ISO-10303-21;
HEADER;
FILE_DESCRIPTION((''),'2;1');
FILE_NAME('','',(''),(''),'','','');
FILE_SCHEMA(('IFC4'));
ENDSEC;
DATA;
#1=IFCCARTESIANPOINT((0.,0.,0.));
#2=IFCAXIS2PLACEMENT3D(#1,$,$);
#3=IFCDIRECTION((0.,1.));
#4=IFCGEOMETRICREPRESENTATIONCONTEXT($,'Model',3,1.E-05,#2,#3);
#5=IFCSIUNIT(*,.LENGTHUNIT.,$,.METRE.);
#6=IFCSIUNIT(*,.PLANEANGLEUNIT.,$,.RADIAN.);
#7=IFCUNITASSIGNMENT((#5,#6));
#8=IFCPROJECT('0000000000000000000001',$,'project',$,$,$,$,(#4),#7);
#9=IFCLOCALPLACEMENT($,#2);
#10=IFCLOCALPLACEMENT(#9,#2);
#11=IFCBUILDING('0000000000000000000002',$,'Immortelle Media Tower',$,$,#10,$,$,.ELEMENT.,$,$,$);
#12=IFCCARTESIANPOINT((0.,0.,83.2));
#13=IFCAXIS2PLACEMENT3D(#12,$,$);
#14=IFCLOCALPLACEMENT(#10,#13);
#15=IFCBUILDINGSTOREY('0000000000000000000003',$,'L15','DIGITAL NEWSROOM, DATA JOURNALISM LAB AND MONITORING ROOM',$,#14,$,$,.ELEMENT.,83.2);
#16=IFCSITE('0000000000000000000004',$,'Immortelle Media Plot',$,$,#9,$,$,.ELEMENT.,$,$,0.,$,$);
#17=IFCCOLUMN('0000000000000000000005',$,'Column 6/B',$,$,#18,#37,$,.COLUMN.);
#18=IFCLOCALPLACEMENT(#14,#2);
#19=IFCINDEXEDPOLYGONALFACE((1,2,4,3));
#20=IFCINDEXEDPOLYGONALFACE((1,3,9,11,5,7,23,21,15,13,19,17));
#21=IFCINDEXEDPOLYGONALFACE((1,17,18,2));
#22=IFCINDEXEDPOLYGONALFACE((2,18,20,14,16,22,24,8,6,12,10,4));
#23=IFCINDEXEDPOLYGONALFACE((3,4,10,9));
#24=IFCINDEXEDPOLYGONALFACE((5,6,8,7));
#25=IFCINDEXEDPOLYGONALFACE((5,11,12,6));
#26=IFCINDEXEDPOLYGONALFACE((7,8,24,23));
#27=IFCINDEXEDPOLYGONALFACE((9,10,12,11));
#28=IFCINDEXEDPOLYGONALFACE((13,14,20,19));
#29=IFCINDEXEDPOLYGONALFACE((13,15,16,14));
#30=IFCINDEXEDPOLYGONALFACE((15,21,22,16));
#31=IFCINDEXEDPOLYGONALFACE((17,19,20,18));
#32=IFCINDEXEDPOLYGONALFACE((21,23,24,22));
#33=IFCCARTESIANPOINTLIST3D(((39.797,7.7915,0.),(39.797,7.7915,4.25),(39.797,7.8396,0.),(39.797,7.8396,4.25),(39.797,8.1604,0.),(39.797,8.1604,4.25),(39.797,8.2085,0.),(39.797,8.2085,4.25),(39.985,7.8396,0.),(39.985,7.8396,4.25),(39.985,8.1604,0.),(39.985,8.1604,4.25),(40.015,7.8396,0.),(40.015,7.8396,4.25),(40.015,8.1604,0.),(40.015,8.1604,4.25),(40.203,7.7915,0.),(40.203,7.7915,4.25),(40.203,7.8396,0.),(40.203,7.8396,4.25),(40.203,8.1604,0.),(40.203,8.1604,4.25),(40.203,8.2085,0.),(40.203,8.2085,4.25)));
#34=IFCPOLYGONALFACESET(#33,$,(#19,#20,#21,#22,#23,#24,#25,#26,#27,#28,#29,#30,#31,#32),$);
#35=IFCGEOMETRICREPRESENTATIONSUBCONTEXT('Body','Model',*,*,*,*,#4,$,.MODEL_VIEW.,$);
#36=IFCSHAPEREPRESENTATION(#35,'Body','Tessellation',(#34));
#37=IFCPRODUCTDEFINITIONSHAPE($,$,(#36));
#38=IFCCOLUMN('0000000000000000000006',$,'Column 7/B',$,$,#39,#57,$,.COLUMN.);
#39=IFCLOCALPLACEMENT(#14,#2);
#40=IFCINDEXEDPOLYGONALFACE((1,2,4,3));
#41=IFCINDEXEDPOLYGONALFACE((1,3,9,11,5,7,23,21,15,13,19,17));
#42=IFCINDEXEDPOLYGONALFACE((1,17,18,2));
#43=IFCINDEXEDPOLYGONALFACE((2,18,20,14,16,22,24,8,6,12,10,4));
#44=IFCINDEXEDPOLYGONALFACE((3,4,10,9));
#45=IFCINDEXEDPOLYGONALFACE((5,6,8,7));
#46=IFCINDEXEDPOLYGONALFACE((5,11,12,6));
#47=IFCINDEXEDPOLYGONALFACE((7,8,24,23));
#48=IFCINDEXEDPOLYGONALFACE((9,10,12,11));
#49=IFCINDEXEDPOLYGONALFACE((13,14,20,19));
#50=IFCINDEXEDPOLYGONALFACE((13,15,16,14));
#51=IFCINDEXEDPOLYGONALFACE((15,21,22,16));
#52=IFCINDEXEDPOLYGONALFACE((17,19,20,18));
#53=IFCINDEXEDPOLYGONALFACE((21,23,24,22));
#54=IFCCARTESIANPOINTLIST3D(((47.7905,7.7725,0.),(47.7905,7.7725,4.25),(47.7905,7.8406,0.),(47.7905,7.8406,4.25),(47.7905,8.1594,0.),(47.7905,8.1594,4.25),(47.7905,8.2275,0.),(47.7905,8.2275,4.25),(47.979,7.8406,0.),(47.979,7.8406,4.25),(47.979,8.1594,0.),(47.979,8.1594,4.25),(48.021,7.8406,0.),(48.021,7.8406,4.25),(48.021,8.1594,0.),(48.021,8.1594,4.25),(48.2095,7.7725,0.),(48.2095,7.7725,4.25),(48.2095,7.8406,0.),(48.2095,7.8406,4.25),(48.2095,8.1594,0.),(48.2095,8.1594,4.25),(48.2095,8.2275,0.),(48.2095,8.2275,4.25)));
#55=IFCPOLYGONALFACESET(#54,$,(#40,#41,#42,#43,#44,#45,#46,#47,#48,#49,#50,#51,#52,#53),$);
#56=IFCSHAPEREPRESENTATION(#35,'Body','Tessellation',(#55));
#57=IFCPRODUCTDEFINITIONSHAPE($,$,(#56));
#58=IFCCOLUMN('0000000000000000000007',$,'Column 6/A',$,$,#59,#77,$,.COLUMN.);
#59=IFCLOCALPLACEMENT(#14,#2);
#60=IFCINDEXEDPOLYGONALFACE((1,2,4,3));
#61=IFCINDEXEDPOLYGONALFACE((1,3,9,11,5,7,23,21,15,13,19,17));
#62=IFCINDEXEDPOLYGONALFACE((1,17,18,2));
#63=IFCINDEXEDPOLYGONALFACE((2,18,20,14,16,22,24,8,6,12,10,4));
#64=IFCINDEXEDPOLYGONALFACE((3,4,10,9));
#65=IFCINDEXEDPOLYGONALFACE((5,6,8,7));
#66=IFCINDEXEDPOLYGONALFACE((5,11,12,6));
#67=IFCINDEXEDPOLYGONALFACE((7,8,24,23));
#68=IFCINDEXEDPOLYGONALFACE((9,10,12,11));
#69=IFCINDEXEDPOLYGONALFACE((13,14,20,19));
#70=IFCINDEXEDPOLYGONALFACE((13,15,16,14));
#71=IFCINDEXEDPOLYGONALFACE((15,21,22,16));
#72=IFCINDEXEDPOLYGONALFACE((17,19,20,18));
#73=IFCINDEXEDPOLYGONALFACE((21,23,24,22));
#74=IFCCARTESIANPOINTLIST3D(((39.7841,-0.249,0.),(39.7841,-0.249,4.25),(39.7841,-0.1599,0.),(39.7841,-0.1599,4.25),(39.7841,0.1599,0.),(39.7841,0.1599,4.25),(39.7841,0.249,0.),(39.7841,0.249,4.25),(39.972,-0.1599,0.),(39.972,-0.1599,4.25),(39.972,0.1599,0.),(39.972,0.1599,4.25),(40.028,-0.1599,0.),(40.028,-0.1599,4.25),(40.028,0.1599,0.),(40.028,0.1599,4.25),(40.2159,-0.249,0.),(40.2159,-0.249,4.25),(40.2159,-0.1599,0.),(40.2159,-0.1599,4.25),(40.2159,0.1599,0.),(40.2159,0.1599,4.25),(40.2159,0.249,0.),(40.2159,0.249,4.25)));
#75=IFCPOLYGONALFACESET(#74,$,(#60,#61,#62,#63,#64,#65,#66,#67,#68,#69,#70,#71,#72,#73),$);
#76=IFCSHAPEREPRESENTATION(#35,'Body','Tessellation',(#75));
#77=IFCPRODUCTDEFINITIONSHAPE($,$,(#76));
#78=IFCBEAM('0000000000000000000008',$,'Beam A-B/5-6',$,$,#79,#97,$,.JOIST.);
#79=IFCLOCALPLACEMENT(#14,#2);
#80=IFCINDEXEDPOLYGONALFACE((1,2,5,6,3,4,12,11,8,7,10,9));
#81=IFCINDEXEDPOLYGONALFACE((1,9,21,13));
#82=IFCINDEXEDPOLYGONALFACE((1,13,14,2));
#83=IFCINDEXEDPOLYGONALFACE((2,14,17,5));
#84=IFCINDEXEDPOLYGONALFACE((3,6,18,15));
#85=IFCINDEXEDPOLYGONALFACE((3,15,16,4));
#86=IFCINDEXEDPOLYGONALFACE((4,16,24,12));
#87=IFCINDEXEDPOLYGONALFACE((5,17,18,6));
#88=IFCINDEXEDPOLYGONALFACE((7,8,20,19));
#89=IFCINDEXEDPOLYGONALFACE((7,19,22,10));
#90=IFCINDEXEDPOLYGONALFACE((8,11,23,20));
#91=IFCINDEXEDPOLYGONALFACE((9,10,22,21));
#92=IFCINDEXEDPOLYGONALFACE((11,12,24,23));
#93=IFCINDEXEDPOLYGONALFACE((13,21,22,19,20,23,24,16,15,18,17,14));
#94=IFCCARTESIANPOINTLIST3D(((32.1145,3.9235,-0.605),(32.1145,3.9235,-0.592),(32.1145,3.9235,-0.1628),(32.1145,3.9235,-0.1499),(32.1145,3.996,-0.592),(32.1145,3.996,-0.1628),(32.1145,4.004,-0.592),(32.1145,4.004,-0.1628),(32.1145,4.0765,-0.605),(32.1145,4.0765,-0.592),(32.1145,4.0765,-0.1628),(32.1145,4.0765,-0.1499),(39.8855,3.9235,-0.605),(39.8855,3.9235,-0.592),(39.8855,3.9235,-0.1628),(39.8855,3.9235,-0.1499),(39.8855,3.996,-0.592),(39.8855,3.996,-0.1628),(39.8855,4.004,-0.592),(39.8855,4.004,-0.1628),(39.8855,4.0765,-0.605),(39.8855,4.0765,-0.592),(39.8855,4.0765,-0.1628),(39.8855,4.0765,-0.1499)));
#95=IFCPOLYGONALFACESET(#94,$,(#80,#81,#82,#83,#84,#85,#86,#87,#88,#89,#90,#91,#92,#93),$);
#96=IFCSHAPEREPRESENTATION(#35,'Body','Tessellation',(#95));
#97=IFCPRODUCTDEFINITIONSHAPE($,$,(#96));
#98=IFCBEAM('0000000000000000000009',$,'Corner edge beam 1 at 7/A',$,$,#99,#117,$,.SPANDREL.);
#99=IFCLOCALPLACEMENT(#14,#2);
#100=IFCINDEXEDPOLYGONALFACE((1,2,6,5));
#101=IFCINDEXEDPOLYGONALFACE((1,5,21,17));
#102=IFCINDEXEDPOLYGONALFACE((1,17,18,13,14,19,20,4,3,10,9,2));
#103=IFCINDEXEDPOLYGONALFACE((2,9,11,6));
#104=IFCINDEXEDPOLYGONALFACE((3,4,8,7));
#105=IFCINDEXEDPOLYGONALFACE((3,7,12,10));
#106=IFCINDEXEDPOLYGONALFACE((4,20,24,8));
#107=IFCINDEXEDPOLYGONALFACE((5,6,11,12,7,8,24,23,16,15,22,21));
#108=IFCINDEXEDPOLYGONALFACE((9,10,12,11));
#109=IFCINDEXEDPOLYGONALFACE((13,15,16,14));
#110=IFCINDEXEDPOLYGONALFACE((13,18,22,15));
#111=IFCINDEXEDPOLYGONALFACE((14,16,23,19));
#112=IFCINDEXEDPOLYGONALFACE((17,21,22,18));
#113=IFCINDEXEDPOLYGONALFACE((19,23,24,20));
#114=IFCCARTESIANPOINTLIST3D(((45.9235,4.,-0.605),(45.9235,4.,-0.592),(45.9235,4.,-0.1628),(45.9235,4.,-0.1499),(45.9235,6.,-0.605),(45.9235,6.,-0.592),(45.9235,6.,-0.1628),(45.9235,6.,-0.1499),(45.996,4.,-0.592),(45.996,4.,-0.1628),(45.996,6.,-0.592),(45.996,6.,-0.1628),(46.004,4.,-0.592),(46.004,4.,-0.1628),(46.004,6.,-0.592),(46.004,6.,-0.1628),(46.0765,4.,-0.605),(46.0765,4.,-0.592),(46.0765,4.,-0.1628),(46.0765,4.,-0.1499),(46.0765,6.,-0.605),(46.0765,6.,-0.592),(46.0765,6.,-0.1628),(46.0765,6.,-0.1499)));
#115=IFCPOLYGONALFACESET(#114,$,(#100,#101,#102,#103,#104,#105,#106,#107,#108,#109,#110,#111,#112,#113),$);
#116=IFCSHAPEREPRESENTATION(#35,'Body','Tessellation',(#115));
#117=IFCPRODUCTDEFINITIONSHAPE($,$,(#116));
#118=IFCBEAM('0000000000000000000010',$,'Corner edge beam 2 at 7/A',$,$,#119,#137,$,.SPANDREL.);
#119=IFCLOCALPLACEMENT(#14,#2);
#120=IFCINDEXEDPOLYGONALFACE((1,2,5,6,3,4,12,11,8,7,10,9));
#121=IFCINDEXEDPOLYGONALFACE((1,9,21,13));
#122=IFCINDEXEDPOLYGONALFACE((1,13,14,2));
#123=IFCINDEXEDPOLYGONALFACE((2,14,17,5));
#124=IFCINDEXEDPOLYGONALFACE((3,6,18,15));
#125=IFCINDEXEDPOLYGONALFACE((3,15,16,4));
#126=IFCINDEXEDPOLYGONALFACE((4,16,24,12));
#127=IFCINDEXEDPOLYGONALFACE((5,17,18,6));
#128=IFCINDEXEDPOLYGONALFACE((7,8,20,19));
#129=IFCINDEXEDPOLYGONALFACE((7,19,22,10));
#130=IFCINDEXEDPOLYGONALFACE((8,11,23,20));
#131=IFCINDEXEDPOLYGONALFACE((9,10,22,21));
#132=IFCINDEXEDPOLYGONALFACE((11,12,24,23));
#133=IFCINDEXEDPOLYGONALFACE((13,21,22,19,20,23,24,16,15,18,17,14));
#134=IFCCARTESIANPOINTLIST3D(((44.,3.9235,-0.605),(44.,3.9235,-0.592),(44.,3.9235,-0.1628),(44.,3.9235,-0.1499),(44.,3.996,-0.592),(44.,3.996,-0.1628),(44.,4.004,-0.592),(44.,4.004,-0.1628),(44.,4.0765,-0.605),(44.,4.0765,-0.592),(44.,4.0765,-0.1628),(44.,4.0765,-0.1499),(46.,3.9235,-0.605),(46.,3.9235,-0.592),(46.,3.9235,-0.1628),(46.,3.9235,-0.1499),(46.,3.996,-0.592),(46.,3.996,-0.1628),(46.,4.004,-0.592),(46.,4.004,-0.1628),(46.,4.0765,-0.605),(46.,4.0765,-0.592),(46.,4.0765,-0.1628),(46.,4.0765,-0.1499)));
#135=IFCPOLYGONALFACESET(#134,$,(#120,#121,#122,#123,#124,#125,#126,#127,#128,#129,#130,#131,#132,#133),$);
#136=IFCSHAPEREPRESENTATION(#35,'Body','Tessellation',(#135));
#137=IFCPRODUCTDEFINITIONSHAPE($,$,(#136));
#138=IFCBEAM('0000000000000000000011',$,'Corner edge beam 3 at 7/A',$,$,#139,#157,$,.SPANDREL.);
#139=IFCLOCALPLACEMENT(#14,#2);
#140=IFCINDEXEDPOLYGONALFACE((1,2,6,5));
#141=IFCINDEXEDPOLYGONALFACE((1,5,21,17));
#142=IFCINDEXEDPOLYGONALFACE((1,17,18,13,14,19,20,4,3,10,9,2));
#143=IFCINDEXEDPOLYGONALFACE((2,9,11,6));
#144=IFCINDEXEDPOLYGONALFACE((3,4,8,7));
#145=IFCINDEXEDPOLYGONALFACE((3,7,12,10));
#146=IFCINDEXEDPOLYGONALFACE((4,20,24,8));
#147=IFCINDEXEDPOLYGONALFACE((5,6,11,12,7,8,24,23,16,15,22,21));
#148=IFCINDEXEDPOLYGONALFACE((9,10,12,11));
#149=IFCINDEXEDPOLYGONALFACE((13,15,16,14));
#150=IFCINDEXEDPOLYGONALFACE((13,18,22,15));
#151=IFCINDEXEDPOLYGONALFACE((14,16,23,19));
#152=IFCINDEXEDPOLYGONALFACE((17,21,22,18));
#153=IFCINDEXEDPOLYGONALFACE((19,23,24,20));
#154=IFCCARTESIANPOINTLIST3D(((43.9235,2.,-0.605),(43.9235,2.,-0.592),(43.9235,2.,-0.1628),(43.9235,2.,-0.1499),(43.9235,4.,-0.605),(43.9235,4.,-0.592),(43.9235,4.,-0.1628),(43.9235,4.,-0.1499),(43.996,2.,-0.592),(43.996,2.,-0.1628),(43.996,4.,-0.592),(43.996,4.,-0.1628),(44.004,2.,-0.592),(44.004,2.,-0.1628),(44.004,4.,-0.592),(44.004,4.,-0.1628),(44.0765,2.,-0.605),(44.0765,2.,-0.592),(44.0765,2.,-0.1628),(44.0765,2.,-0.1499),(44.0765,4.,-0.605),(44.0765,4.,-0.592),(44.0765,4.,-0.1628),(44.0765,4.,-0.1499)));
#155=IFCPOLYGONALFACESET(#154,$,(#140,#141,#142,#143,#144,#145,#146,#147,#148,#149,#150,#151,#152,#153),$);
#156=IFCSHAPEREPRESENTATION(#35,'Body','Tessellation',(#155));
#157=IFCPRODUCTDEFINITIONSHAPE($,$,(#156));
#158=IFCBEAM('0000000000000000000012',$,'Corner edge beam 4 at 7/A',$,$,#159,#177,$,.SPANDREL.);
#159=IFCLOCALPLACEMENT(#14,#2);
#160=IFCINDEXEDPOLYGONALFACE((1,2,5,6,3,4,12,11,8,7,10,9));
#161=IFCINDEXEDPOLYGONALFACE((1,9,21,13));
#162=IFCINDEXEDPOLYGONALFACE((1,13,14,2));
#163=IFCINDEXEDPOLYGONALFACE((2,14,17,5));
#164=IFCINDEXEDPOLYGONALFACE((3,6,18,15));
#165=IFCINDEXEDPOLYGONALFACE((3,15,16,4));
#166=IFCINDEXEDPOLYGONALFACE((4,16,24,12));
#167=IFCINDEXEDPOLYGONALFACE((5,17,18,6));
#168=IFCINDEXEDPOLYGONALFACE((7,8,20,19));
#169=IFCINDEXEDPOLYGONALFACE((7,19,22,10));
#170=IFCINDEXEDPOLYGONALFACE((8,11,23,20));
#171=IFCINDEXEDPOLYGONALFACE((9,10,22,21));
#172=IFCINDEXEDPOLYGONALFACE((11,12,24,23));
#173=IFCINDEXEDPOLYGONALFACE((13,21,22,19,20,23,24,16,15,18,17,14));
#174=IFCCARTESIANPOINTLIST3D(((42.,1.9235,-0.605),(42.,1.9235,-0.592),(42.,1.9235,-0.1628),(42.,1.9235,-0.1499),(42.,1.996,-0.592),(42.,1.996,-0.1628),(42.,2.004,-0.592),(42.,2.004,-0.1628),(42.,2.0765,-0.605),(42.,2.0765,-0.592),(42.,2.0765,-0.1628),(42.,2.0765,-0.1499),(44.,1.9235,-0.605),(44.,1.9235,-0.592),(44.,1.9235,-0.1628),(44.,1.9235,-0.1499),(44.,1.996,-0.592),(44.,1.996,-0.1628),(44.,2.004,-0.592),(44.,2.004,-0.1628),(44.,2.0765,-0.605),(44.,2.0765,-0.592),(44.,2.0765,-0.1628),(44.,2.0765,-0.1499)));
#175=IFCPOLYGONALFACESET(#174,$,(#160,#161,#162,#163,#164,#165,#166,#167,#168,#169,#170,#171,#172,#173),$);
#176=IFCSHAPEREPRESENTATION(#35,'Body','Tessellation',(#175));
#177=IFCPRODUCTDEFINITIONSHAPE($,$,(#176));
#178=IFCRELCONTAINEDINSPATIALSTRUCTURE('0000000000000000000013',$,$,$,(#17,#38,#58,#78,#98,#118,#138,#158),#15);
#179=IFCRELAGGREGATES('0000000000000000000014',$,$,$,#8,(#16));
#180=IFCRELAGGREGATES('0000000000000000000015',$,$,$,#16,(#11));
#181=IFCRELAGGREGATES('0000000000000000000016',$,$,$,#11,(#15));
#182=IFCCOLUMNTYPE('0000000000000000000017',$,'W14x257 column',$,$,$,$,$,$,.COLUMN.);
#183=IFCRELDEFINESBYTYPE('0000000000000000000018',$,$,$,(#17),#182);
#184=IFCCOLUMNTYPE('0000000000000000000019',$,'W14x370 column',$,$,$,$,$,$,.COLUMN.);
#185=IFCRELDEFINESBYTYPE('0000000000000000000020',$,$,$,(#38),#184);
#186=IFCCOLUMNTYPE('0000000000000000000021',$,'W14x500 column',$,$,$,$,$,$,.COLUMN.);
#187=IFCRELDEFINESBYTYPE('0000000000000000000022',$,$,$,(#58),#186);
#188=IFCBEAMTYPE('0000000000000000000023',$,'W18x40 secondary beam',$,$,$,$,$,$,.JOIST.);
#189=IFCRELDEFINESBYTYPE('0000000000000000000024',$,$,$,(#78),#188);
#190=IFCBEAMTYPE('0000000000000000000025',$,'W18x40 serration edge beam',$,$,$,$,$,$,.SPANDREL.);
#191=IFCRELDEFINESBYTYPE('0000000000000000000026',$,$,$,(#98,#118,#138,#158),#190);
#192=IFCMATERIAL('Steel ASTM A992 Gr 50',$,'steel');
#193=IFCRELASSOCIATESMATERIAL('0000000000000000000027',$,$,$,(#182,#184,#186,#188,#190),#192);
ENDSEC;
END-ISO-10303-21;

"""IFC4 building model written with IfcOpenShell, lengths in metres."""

from ifc_helpers import new_model, si_unit, direction, frame, origin, origin_2d, place, context, subcontext, project, spatial, i_section, extrude, material, material_profile, profile_set, type_object, element, save


model = new_model("IFC4")

# Units and contexts
model_context = context("Model", 3, precision=1e-05, world=origin(), true_north=direction((0.0, 1.0)))
body_context = subcontext(model_context, "Body", "Model", "MODEL_VIEW")
ifc_project = project(units=[si_unit("LENGTHUNIT", "METRE"), si_unit("PLANEANGLEUNIT", "RADIAN")], contexts=[model_context])

# Site, building, storey
site_placement = place(None, origin())
site = spatial("IfcSite", under=ifc_project, at=site_placement, Name="Immortelle Media Plot", CompositionType="ELEMENT", RefElevation=0.0)
building_placement = place(site_placement, origin())
building = spatial("IfcBuilding", under=site, at=building_placement, Name="Immortelle Media Tower", CompositionType="ELEMENT")
storey_placement = place(building_placement, frame((0.0, 0.0, 83.2)))
storey = spatial("IfcBuildingStorey", under=building, at=storey_placement, Name="L15", Description="DIGITAL NEWSROOM, DATA JOURNALISM LAB AND MONITORING ROOM", CompositionType="ELEMENT", Elevation=83.2)

# Columns
ifc_material_1 = material(Name="Steel ASTM A992 Gr 50", Category="steel")
ifc_material_profile_1 = material_profile(ifc_material_1, i_section(OverallWidth=0.406, OverallDepth=0.417, WebThickness=0.03, FlangeThickness=0.0481, at=origin_2d()), Name="W14x257")
ifc_profile_set_1 = profile_set([ifc_material_profile_1], Name="Steel ASTM A992 Gr 50")
column_type_1 = type_object("IfcColumnType", Name="W14x257 column", PredefinedType="COLUMN", material=ifc_profile_set_1)
column_1_placement = place(storey_placement, frame((40.0, 8.0, 0.0), z_axis=(0.0, 0.0, 1.0), x_axis=(1.0, 0.0, 0.0)))
element("IfcColumn", 1, at=column_1_placement, inside=storey, type_object=column_type_1, Name="Column 6/B", PredefinedType="COLUMN", context=body_context, shape_type="SweptSolid", body=[
    extrude(i_section(OverallWidth=0.406, OverallDepth=0.417, WebThickness=0.03, FlangeThickness=0.0481, at=origin_2d()), origin(), (0.0, 0.0, 1.0), 4.25),
])
ifc_material_profile_2 = material_profile(ifc_material_1, i_section(OverallWidth=0.4189, OverallDepth=0.4551, WebThickness=0.042, FlangeThickness=0.0681, at=origin_2d()), Name="W14x370")
ifc_profile_set_2 = profile_set([ifc_material_profile_2], Name="Steel ASTM A992 Gr 50")
column_type_2 = type_object("IfcColumnType", Name="W14x370 column", PredefinedType="COLUMN", material=ifc_profile_set_2)
column_2_placement = place(storey_placement, frame((48.0, 8.0, 0.0), z_axis=(0.0, 0.0, 1.0), x_axis=(1.0, 0.0, 0.0)))
element("IfcColumn", 2, at=column_2_placement, inside=storey, type_object=column_type_2, Name="Column 7/B", PredefinedType="COLUMN", context=body_context, shape_type="SweptSolid", body=[
    extrude(i_section(OverallWidth=0.4189, OverallDepth=0.4551, WebThickness=0.042, FlangeThickness=0.0681, at=origin_2d()), origin(), (0.0, 0.0, 1.0), 4.25),
])
ifc_material_profile_3 = material_profile(ifc_material_1, i_section(OverallWidth=0.4319, OverallDepth=0.498, WebThickness=0.0559, FlangeThickness=0.0891, at=origin_2d()), Name="W14x500")
ifc_profile_set_3 = profile_set([ifc_material_profile_3], Name="Steel ASTM A992 Gr 50")
column_type_3 = type_object("IfcColumnType", Name="W14x500 column", PredefinedType="COLUMN", material=ifc_profile_set_3)
column_3_placement = place(storey_placement, frame((40.0, 0.0, 0.0), z_axis=(0.0, 0.0, 1.0), x_axis=(1.0, 0.0, 0.0)))
element("IfcColumn", 3, at=column_3_placement, inside=storey, type_object=column_type_3, Name="Column 6/A", PredefinedType="COLUMN", context=body_context, shape_type="SweptSolid", body=[
    extrude(i_section(OverallWidth=0.4319, OverallDepth=0.498, WebThickness=0.0559, FlangeThickness=0.0891, at=origin_2d()), origin(), (0.0, 0.0, 1.0), 4.25),
])

# Beams
ifc_material_profile_4 = material_profile(ifc_material_1, i_section(OverallWidth=0.1531, OverallDepth=0.4551, WebThickness=0.0081, FlangeThickness=0.0129, at=origin_2d()), Name="W18x40")
ifc_profile_set_4 = profile_set([ifc_material_profile_4], Name="Steel ASTM A992 Gr 50")
beam_type_1 = type_object("IfcBeamType", Name="W18x40 secondary beam", PredefinedType="JOIST", material=ifc_profile_set_4)
beam_1_placement = place(storey_placement, frame((32.1145, 4.0, -0.3774), z_axis=(1.0, 0.0, 0.0), x_axis=(0.0, 1.0, 0.0)))
element("IfcBeam", 4, at=beam_1_placement, inside=storey, type_object=beam_type_1, Name="Beam A-B/5-6", PredefinedType="JOIST", context=body_context, shape_type="SweptSolid", body=[
    extrude(i_section(OverallWidth=0.1531, OverallDepth=0.4551, WebThickness=0.0081, FlangeThickness=0.0129, at=origin_2d()), origin(), (0.0, 0.0, 1.0), 7.771),
])
ifc_material_profile_5 = material_profile(ifc_material_1, i_section(OverallWidth=0.1531, OverallDepth=0.4551, WebThickness=0.0081, FlangeThickness=0.0129, at=origin_2d()), Name="W18x40")
ifc_profile_set_5 = profile_set([ifc_material_profile_5], Name="Steel ASTM A992 Gr 50")
beam_type_2 = type_object("IfcBeamType", Name="W18x40 serration edge beam", PredefinedType="SPANDREL", material=ifc_profile_set_5)
for number, where, z_axis, x_axis, name in (
    (5, (46.0, 6.0, -0.3774), (0.0, -1.0, 0.0), (1.0, 0.0, 0.0), "Corner edge beam 1 at 7/A"),
    (6, (46.0, 4.0, -0.3774), (-1.0, 0.0, 0.0), (0.0, -1.0, 0.0), "Corner edge beam 2 at 7/A"),
    (7, (44.0, 4.0, -0.3774), (0.0, -1.0, 0.0), (1.0, 0.0, 0.0), "Corner edge beam 3 at 7/A"),
    (8, (44.0, 2.0, -0.3774), (-1.0, 0.0, 0.0), (0.0, -1.0, 0.0), "Corner edge beam 4 at 7/A"),
):
    element("IfcBeam", number, at=place(storey_placement, frame(where, z_axis=z_axis, x_axis=x_axis)), inside=storey, type_object=beam_type_2, Name=name, PredefinedType="SPANDREL", context=body_context, shape_type="SweptSolid", body=[
        extrude(i_section(OverallWidth=0.1531, OverallDepth=0.4551, WebThickness=0.0081, FlangeThickness=0.0129, at=origin_2d()), origin(), (0.0, 0.0, 1.0), 2.0),
    ])

save(model, "model.ifc")
